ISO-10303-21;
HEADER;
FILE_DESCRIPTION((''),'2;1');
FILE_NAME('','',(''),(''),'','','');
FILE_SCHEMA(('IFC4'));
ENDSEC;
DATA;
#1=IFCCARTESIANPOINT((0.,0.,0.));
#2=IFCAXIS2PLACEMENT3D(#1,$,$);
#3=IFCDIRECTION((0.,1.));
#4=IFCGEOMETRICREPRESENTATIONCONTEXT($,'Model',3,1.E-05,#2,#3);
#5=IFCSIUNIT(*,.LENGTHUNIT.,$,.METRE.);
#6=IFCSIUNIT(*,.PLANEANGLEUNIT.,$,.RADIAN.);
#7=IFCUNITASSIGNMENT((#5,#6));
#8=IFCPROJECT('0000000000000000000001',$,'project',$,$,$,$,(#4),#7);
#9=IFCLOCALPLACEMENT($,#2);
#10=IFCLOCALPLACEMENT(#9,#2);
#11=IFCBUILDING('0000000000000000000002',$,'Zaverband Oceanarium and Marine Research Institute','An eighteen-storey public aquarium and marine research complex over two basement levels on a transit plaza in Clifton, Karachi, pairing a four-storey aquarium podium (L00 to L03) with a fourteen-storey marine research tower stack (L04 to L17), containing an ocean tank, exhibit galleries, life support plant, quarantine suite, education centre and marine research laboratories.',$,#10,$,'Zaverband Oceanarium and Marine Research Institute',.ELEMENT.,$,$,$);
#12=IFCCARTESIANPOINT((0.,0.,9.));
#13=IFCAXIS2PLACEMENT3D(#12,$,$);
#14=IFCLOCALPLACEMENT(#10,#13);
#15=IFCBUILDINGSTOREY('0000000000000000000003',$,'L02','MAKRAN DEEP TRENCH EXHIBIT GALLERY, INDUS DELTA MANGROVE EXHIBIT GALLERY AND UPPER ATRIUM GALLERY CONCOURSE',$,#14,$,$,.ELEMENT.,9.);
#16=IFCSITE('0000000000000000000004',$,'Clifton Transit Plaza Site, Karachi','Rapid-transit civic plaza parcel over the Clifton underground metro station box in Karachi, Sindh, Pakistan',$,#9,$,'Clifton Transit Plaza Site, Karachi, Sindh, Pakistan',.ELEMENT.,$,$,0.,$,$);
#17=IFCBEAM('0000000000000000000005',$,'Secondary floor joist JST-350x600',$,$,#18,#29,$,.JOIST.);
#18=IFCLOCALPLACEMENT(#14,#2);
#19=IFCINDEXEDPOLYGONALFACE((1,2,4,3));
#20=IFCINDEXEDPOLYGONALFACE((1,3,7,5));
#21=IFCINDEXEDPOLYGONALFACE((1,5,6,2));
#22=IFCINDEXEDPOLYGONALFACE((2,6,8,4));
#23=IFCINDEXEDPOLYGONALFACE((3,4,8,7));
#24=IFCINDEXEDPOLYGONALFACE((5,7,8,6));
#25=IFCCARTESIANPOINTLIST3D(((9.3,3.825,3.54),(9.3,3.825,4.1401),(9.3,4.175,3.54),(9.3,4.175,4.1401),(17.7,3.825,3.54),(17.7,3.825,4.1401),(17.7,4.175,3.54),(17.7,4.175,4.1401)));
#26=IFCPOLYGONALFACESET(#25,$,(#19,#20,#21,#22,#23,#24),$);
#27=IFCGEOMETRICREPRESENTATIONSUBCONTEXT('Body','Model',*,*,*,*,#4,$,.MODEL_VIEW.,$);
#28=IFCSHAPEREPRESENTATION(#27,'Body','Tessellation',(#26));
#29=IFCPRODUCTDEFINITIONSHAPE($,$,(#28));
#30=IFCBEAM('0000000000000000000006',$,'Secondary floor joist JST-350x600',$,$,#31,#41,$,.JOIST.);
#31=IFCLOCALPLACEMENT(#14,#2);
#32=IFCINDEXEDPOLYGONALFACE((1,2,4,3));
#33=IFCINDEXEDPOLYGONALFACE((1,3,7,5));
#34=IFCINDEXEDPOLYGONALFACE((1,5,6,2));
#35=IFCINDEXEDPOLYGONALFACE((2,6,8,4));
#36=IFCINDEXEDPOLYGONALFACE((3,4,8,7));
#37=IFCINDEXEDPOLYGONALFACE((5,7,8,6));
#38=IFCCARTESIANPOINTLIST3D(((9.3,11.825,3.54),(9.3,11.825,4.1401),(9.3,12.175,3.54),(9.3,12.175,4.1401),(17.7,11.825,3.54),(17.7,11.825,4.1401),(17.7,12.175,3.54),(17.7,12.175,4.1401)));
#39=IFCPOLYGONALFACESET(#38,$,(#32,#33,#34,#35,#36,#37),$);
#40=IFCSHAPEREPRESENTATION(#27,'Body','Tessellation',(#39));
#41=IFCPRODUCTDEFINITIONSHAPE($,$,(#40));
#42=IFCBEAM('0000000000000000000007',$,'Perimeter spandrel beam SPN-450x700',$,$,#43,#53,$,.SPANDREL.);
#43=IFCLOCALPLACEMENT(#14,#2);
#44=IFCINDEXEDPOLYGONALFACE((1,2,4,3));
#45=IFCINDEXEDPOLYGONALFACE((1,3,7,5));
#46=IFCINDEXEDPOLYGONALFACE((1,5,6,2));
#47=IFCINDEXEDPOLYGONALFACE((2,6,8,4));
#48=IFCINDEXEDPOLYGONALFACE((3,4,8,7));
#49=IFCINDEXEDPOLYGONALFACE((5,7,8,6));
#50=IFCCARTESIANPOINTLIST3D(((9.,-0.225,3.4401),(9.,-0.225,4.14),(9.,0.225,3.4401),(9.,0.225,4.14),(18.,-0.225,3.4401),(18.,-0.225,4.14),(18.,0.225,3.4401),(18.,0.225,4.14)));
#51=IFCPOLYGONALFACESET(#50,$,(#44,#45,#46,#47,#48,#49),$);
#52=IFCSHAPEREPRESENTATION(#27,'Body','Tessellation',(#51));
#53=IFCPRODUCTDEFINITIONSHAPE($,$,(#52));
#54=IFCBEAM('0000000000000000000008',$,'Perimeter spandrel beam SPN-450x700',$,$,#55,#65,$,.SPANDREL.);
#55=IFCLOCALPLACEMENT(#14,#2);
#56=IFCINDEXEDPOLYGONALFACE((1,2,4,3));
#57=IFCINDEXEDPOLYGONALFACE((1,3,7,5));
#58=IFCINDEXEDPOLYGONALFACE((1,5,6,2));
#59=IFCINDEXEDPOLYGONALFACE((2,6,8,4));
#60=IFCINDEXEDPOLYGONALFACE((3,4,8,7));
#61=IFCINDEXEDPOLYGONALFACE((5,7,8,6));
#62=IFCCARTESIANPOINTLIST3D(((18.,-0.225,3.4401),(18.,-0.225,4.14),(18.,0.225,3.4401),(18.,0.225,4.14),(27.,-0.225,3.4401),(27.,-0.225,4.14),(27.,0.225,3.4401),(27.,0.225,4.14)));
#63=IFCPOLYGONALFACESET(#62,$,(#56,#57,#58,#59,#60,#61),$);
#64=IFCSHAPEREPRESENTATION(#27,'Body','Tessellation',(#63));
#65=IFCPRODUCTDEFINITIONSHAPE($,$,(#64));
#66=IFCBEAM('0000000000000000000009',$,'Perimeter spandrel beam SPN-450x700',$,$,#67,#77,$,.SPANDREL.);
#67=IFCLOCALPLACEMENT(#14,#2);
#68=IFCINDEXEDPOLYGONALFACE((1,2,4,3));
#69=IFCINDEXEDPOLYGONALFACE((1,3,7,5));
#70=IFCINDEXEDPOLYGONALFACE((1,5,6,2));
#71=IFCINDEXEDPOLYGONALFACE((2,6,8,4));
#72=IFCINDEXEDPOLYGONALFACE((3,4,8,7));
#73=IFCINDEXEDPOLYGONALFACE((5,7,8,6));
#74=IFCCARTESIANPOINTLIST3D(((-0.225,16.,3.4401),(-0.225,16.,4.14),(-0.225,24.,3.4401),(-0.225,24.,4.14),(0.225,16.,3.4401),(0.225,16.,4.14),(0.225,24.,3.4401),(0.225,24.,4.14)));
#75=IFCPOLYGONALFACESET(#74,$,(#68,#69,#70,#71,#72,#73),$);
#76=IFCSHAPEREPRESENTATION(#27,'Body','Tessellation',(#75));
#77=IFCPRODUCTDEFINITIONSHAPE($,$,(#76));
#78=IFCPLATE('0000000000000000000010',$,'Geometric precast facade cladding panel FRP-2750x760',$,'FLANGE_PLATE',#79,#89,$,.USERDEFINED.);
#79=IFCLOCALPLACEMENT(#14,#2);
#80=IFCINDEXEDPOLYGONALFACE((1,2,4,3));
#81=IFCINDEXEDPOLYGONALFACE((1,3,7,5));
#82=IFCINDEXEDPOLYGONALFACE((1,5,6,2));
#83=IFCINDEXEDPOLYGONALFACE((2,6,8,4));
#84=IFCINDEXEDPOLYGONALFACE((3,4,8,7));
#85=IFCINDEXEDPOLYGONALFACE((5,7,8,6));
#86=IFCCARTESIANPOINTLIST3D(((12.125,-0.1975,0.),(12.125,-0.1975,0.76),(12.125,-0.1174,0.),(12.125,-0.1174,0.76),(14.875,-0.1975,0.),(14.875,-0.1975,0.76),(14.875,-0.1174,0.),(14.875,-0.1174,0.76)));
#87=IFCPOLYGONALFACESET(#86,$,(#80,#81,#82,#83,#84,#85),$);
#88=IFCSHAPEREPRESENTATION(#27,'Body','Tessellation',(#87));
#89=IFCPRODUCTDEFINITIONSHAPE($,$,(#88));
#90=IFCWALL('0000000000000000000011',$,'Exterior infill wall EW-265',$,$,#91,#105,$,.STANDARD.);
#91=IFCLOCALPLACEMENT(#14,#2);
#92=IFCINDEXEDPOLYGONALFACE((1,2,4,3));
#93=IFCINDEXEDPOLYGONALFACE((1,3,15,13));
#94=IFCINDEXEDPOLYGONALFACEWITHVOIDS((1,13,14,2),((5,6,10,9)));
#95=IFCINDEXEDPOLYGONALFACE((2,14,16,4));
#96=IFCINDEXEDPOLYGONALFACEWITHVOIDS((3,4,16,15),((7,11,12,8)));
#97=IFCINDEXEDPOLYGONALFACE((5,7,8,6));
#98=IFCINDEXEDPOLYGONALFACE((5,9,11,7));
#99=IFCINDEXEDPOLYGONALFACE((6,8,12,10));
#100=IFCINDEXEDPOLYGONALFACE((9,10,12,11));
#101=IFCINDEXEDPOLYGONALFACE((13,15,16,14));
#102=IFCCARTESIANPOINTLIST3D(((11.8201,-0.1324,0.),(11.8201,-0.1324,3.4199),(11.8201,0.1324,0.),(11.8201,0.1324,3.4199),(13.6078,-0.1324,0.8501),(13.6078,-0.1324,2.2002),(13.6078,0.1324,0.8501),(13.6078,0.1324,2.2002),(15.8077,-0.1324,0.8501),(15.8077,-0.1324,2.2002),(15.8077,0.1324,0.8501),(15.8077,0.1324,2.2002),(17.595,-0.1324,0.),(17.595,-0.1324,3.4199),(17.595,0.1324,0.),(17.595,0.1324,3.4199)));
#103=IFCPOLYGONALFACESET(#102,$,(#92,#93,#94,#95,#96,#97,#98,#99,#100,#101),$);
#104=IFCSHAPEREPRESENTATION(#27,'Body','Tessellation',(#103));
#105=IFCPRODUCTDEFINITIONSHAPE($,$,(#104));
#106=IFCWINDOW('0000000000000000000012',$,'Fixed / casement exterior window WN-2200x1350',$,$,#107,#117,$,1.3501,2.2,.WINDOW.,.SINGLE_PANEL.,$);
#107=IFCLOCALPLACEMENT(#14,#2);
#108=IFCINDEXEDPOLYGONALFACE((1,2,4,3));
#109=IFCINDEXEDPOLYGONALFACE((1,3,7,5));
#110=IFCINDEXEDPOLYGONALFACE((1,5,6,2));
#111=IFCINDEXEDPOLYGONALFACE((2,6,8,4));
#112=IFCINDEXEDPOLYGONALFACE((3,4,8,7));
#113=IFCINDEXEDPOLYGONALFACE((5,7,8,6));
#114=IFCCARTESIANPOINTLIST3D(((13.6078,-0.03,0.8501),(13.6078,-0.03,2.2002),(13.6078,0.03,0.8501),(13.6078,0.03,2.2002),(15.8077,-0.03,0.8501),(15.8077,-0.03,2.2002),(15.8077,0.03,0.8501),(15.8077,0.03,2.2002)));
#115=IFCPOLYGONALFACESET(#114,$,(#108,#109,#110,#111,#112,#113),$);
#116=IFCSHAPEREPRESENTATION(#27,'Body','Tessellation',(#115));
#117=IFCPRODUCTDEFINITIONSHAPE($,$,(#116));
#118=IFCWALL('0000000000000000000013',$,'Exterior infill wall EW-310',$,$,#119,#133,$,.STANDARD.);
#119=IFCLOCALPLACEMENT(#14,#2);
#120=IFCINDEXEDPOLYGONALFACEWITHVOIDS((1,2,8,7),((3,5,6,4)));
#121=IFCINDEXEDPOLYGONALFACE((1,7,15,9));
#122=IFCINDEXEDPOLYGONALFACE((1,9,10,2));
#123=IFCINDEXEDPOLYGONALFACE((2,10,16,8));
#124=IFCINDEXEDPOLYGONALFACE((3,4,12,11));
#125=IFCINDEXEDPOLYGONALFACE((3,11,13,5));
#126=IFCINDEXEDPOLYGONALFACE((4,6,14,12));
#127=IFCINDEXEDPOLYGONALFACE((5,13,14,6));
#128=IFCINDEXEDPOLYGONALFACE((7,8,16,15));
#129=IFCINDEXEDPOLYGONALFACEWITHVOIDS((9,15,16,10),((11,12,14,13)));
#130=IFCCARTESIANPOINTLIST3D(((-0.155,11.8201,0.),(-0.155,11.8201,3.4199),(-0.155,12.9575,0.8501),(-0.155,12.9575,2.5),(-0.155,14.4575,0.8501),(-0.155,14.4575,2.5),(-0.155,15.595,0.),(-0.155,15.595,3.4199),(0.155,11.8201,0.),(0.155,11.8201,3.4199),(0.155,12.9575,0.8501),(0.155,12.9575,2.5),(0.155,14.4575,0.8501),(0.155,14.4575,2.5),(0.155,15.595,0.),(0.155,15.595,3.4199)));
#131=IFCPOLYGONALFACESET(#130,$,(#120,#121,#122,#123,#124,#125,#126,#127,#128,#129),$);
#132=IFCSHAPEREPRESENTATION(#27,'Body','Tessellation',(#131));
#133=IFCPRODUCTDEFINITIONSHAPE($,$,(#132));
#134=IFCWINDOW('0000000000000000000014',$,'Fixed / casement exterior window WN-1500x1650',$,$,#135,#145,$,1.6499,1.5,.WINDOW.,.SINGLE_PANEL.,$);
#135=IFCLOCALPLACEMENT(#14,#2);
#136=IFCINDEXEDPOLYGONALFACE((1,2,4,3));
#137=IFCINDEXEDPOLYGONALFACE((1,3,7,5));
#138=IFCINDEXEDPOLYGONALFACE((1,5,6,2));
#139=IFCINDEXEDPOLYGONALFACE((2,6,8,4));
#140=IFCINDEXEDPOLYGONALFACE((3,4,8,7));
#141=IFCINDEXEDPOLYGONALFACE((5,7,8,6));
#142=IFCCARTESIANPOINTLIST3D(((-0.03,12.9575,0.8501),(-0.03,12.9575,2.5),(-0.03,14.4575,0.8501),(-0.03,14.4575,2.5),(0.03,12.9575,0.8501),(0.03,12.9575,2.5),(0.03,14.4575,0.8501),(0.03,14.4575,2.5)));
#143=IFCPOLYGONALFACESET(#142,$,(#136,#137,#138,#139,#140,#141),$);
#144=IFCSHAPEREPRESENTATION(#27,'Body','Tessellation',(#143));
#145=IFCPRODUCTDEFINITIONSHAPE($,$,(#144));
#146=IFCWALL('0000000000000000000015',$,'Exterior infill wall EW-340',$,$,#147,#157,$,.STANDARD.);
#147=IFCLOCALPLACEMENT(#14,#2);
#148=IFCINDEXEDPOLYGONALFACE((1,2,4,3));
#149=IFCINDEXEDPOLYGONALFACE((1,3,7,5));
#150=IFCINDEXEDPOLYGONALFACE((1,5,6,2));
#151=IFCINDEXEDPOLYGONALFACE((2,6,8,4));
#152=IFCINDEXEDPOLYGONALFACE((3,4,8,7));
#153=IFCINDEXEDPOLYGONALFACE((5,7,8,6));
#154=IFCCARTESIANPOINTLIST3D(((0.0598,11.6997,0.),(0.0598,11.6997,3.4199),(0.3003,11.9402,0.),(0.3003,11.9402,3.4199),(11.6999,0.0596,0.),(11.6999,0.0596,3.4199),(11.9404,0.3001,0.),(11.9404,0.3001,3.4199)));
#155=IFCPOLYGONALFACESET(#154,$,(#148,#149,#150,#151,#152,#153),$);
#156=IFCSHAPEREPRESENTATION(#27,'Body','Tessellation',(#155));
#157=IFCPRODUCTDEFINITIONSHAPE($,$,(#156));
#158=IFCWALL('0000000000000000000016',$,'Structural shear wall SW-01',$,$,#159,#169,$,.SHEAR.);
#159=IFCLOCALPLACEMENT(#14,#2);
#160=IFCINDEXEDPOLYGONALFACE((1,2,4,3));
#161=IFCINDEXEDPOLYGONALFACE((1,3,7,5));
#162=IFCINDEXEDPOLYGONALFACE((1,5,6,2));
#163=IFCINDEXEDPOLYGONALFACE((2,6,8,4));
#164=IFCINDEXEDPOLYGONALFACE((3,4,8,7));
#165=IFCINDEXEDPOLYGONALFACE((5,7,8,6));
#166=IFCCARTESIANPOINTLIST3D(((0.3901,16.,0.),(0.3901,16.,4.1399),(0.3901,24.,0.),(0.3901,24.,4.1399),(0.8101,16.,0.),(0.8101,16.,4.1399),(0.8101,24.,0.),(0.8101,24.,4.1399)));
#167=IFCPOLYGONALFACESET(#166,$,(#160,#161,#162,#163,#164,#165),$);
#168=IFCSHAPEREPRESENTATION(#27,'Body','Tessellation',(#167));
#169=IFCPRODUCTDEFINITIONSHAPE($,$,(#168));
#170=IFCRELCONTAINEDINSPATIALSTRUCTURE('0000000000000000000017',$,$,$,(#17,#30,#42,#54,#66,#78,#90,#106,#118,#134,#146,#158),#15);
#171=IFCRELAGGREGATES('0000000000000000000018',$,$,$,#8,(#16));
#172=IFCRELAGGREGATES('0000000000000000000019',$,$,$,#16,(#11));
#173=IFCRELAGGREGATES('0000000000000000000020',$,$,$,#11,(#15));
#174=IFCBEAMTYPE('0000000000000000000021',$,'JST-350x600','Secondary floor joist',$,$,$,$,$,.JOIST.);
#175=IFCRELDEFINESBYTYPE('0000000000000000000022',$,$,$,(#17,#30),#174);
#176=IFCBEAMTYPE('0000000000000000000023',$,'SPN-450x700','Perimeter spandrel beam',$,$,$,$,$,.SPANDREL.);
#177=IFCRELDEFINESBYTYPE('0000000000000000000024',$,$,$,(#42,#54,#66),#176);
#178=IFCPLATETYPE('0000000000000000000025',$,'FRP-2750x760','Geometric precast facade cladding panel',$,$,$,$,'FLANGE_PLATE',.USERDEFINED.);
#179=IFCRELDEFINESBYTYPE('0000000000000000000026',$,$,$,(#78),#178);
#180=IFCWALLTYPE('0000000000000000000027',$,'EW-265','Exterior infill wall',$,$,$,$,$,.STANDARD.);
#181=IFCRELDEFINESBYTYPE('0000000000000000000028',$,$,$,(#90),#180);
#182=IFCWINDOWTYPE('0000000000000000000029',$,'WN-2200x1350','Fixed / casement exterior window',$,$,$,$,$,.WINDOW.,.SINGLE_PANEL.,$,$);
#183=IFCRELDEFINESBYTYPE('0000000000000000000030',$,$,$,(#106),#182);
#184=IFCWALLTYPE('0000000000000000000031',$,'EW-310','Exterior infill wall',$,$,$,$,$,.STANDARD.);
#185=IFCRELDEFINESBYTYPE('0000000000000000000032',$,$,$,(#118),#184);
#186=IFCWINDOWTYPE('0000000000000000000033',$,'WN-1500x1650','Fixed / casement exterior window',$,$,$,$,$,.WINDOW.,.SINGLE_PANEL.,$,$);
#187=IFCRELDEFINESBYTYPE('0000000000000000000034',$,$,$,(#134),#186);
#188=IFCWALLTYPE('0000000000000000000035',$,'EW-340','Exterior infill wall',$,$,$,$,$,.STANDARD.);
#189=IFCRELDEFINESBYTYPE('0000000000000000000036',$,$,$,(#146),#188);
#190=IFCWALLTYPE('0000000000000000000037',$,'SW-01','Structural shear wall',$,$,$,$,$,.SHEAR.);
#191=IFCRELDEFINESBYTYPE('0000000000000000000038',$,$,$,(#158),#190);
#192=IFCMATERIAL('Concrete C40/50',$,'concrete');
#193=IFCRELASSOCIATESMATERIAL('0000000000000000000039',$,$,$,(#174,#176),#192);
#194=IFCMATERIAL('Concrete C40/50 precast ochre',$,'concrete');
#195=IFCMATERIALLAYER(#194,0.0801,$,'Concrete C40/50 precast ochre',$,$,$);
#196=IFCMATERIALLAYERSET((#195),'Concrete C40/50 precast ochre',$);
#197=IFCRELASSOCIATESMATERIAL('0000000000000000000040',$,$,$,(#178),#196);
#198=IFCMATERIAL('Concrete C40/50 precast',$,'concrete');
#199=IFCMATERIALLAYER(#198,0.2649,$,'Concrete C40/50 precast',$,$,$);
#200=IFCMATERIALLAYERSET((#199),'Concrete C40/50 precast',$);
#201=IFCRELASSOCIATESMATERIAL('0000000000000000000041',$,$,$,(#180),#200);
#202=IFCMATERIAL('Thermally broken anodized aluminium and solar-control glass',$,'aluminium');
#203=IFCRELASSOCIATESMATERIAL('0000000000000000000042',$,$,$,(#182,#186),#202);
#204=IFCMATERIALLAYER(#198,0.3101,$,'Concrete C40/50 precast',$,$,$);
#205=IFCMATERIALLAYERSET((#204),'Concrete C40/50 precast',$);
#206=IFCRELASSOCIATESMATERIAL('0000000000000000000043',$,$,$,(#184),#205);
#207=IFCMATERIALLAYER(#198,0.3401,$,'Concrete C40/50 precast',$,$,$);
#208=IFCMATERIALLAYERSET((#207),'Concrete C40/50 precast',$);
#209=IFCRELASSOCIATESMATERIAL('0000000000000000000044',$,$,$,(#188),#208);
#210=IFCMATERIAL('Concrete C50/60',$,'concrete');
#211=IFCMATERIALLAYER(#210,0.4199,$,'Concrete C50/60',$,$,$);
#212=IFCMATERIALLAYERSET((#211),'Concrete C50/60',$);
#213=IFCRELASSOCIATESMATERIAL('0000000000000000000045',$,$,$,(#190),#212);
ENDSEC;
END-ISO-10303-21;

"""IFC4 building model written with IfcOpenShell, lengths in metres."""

from ifc_helpers import new_model, si_unit, direction, frame, frame_2d, origin, origin_2d, place, context, subcontext, project, spatial, rectangle, extrude, material, layer, layer_set, material_profile, profile_set, type_object, element, fill, save


model = new_model("IFC4")

# Units and contexts
model_context = context("Model", 3, precision=1e-05, world=origin(), true_north=direction((0.0, 1.0)))
body_context = subcontext(model_context, "Body", "Model", "MODEL_VIEW")
ifc_project = project(units=[si_unit("LENGTHUNIT", "METRE"), si_unit("PLANEANGLEUNIT", "RADIAN")], contexts=[model_context])

# Site, building, storey
site_placement = place(None, origin())
site = spatial("IfcSite", under=ifc_project, at=site_placement, Name="Clifton Transit Plaza Site, Karachi", Description="Rapid-transit civic plaza parcel over the Clifton underground metro station box in Karachi, Sindh, Pakistan", LongName="Clifton Transit Plaza Site, Karachi, Sindh, Pakistan", CompositionType="ELEMENT", RefElevation=0.0)
building_placement = place(site_placement, origin())
building = spatial("IfcBuilding", under=site, at=building_placement, Name="Zaverband Oceanarium and Marine Research Institute", Description="An eighteen-storey public aquarium and marine research complex over two basement levels on a transit plaza in Clifton, Karachi, pairing a four-storey aquarium podium (L00 to L03) with a fourteen-storey marine research tower stack (L04 to L17), containing an ocean tank, exhibit galleries, life support plant, quarantine suite, education centre and marine research laboratories.", LongName="Zaverband Oceanarium and Marine Research Institute", CompositionType="ELEMENT")
storey_placement = place(building_placement, frame((0.0, 0.0, 9.0)))
storey = spatial("IfcBuildingStorey", under=building, at=storey_placement, Name="L02", Description="MAKRAN DEEP TRENCH EXHIBIT GALLERY, INDUS DELTA MANGROVE EXHIBIT GALLERY AND UPPER ATRIUM GALLERY CONCOURSE", CompositionType="ELEMENT", Elevation=9.0)

# Shared definitions
ifc_material_1 = material(Name="Concrete C50/60", Category="concrete")

# Beams
ifc_material_2 = material(Name="Concrete C40/50", Category="concrete")
ifc_material_profile_1 = material_profile(ifc_material_2, rectangle(XDim=0.3501, YDim=0.6001, at=origin_2d()), Name="RC350x600")
ifc_profile_set_1 = profile_set([ifc_material_profile_1], Name="Concrete C40/50")
beam_type_1 = type_object("IfcBeamType", Name="JST-350x600", Description="Secondary floor joist", PredefinedType="JOIST", material=ifc_profile_set_1)
for number, where, z_axis, x_axis, name in (
    (1, (9.3, 4.0, 3.8401), (1.0, 0.0, 0.0), (0.0, 1.0, 0.0), "Secondary floor joist JST-350x600"),
    (2, (9.3, 12.0, 3.8401), (1.0, 0.0, 0.0), (0.0, 1.0, 0.0), "Secondary floor joist JST-350x600"),
):
    element("IfcBeam", number, at=place(storey_placement, frame(where, z_axis=z_axis, x_axis=x_axis)), inside=storey, type_object=beam_type_1, Name=name, PredefinedType="JOIST", context=body_context, shape_type="SweptSolid", body=[
        extrude(rectangle(XDim=0.3501, YDim=0.6001, at=origin_2d()), origin(), (0.0, 0.0, 1.0), 8.3999),
    ])
ifc_material_profile_2 = material_profile(ifc_material_2, rectangle(XDim=0.45, YDim=0.7, at=origin_2d()), Name="RC450x700")
ifc_profile_set_2 = profile_set([ifc_material_profile_2], Name="Concrete C40/50")
beam_type_2 = type_object("IfcBeamType", Name="SPN-450x700", Description="Perimeter spandrel beam", PredefinedType="SPANDREL", material=ifc_profile_set_2)
for number, where, z_axis, x_axis, name in (
    (3, (9.0, 0.0, 3.79), (1.0, 0.0, 0.0), (0.0, 1.0, 0.0), "Perimeter spandrel beam SPN-450x700"),
    (4, (18.0, 0.0, 3.79), (1.0, 0.0, 0.0), (0.0, 1.0, 0.0), "Perimeter spandrel beam SPN-450x700"),
):
    element("IfcBeam", number, at=place(storey_placement, frame(where, z_axis=z_axis, x_axis=x_axis)), inside=storey, type_object=beam_type_2, Name=name, PredefinedType="SPANDREL", context=body_context, shape_type="SweptSolid", body=[
        extrude(rectangle(XDim=0.45, YDim=0.7, at=origin_2d()), origin(), (0.0, 0.0, 1.0), 9.0),
    ])
beam_1_placement = place(storey_placement, frame((0.0, 16.0, 3.79), z_axis=(0.0, 1.0, 0.0), x_axis=(-1.0, 0.0, 0.0)))
element("IfcBeam", 5, at=beam_1_placement, inside=storey, type_object=beam_type_2, Name="Perimeter spandrel beam SPN-450x700", PredefinedType="SPANDREL", context=body_context, shape_type="SweptSolid", body=[
    extrude(rectangle(XDim=0.45, YDim=0.7, at=origin_2d()), origin(), (0.0, 0.0, 1.0), 8.0),
])

# Plate
ifc_material_3 = material(Name="Concrete C40/50 precast ochre", Category="concrete")
ifc_layer_1 = layer(ifc_material_3, 0.0801, Name="Concrete C40/50 precast ochre")
ifc_layer_set_1 = layer_set([ifc_layer_1], Name="Concrete C40/50 precast ochre")
plate_type = type_object("IfcPlateType", Name="FRP-2750x760", Description="Geometric precast facade cladding panel", ElementType="FLANGE_PLATE", PredefinedType="USERDEFINED", material=ifc_layer_set_1)
plate_placement = place(storey_placement, frame((12.125, -0.1575, 0.0), z_axis=(0.0, 0.0, 1.0), x_axis=(1.0, 0.0, 0.0)))
element("IfcPlate", 6, at=plate_placement, inside=storey, type_object=plate_type, Name="Geometric precast facade cladding panel FRP-2750x760", ObjectType="FLANGE_PLATE", PredefinedType="USERDEFINED", context=body_context, shape_type="SweptSolid", body=[
    extrude(rectangle(XDim=2.75, YDim=0.0801, at=frame_2d((1.375, 0.0))), origin(), (0.0, 0.0, 1.0), 0.76),
])

# Walls, openings, windows
ifc_material_4 = material(Name="Concrete C40/50 precast", Category="concrete")
ifc_layer_2 = layer(ifc_material_4, 0.2649, Name="Concrete C40/50 precast")
ifc_layer_set_2 = layer_set([ifc_layer_2], Name="Concrete C40/50 precast")
wall_type_1 = type_object("IfcWallType", Name="EW-265", Description="Exterior infill wall", PredefinedType="STANDARD", material=ifc_layer_set_2)
wall_1_placement = place(storey_placement, frame((11.8201, 0.0, 0.0), z_axis=(0.0, 0.0, 1.0), x_axis=(1.0, 0.0, 0.0)))
wall_1 = element("IfcWall", 7, at=wall_1_placement, inside=storey, type_object=wall_type_1, Name="Exterior infill wall EW-265", PredefinedType="STANDARD", context=body_context, shape_type="SweptSolid", body=[
    extrude(rectangle(XDim=5.7749, YDim=0.2649, at=frame_2d((2.8875, 0.0))), origin(), (0.0, 0.0, 1.0), 3.4199),
])
opening_1_placement = place(wall_1_placement, frame((1.7876, 0.0, 0.8501)))
opening_1 = element("IfcOpeningElement", 8, at=opening_1_placement, cuts=wall_1, PredefinedType="OPENING", context=body_context, shape_type="SweptSolid", body=[
    extrude(rectangle(XDim=2.2, YDim=1.3501, at=frame_2d((1.1001, 0.675))), frame((0.0, 0.1445, 0.0), z_axis=(0.0, -1.0, 0.0), x_axis=(1.0, 0.0, 0.0)), (0.0, 0.0, 1.0), 0.2888),
])
ifc_material_5 = material(Name="Thermally broken anodized aluminium and solar-control glass", Category="aluminium")
window_type_1 = type_object("IfcWindowType", Name="WN-2200x1350", Description="Fixed / casement exterior window", PartitioningType="SINGLE_PANEL", PredefinedType="WINDOW", material=ifc_material_5)
window_1_placement = place(opening_1_placement, origin())
window_1 = element("IfcWindow", 9, at=window_1_placement, inside=storey, type_object=window_type_1, Name="Fixed / casement exterior window WN-2200x1350", OverallHeight=1.3501, OverallWidth=2.2, PartitioningType="SINGLE_PANEL", PredefinedType="WINDOW", context=body_context, shape_type="SweptSolid", body=[
    extrude(rectangle(XDim=2.2, YDim=1.3501, at=frame_2d((1.1001, 0.675))), frame((0.0, 0.03, 0.0), z_axis=(0.0, -1.0, 0.0), x_axis=(1.0, 0.0, 0.0)), (0.0, 0.0, 1.0), 0.0601),
])
fill(opening_1, window_1)
ifc_layer_3 = layer(ifc_material_4, 0.3101, Name="Concrete C40/50 precast")
ifc_layer_set_3 = layer_set([ifc_layer_3], Name="Concrete C40/50 precast")
wall_type_2 = type_object("IfcWallType", Name="EW-310", Description="Exterior infill wall", PredefinedType="STANDARD", material=ifc_layer_set_3)
wall_2_placement = place(storey_placement, frame((0.0, 11.8201, 0.0), z_axis=(0.0, 0.0, 1.0), x_axis=(0.0, 1.0, 0.0)))
wall_2 = element("IfcWall", 10, at=wall_2_placement, inside=storey, type_object=wall_type_2, Name="Exterior infill wall EW-310", PredefinedType="STANDARD", context=body_context, shape_type="SweptSolid", body=[
    extrude(rectangle(XDim=3.7749, YDim=0.3101, at=frame_2d((1.8875, 0.0))), origin(), (0.0, 0.0, 1.0), 3.4199),
])
opening_2_placement = place(wall_2_placement, frame((1.1375, 0.0, 0.8501)))
opening_2 = element("IfcOpeningElement", 11, at=opening_2_placement, cuts=wall_2, PredefinedType="OPENING", context=body_context, shape_type="SweptSolid", body=[
    extrude(rectangle(XDim=1.5, YDim=1.6499, at=frame_2d((0.75, 0.825))), frame((0.0, 0.167, 0.0), z_axis=(0.0, -1.0, 0.0), x_axis=(1.0, 0.0, 0.0)), (0.0, 0.0, 1.0), 0.334),
])
window_type_2 = type_object("IfcWindowType", Name="WN-1500x1650", Description="Fixed / casement exterior window", PartitioningType="SINGLE_PANEL", PredefinedType="WINDOW", material=ifc_material_5)
window_2_placement = place(opening_2_placement, origin())
window_2 = element("IfcWindow", 12, at=window_2_placement, inside=storey, type_object=window_type_2, Name="Fixed / casement exterior window WN-1500x1650", OverallHeight=1.6499, OverallWidth=1.5, PartitioningType="SINGLE_PANEL", PredefinedType="WINDOW", context=body_context, shape_type="SweptSolid", body=[
    extrude(rectangle(XDim=1.5, YDim=1.6499, at=frame_2d((0.75, 0.825))), frame((0.0, 0.03, 0.0), z_axis=(0.0, -1.0, 0.0), x_axis=(1.0, 0.0, 0.0)), (0.0, 0.0, 1.0), 0.0601),
])
fill(opening_2, window_2)

# Walls
ifc_layer_4 = layer(ifc_material_4, 0.3401, Name="Concrete C40/50 precast")
ifc_layer_set_4 = layer_set([ifc_layer_4], Name="Concrete C40/50 precast")
wall_type_3 = type_object("IfcWallType", Name="EW-340", Description="Exterior infill wall", PredefinedType="STANDARD", material=ifc_layer_set_4)
wall_3_placement = place(storey_placement, frame((0.1799, 11.8201, 0.0), z_axis=(0.0, 0.0, 1.0), x_axis=(0.707107, -0.707107, 0.0)))
element("IfcWall", 13, at=wall_3_placement, inside=storey, type_object=wall_type_3, Name="Exterior infill wall EW-340", PredefinedType="STANDARD", context=body_context, shape_type="SweptSolid", body=[
    extrude(rectangle(XDim=16.4617, YDim=0.3401, at=frame_2d((8.231, 0.0))), origin(), (0.0, 0.0, 1.0), 3.4199),
])
ifc_layer_5 = layer(ifc_material_1, 0.4199, Name="Concrete C50/60")
ifc_layer_set_5 = layer_set([ifc_layer_5], Name="Concrete C50/60")
wall_type_4 = type_object("IfcWallType", Name="SW-01", Description="Structural shear wall", PredefinedType="SHEAR", material=ifc_layer_set_5)
wall_4_placement = place(storey_placement, frame((0.6001, 16.0, 0.0), z_axis=(0.0, 0.0, 1.0), x_axis=(0.0, 1.0, 0.0)))
element("IfcWall", 14, at=wall_4_placement, inside=storey, type_object=wall_type_4, Name="Structural shear wall SW-01", PredefinedType="SHEAR", context=body_context, shape_type="SweptSolid", body=[
    extrude(rectangle(XDim=8.0, YDim=0.4199, at=frame_2d((4.0, 0.0))), origin(), (0.0, 0.0, 1.0), 4.1399),
])

save(model, "model.ifc")
